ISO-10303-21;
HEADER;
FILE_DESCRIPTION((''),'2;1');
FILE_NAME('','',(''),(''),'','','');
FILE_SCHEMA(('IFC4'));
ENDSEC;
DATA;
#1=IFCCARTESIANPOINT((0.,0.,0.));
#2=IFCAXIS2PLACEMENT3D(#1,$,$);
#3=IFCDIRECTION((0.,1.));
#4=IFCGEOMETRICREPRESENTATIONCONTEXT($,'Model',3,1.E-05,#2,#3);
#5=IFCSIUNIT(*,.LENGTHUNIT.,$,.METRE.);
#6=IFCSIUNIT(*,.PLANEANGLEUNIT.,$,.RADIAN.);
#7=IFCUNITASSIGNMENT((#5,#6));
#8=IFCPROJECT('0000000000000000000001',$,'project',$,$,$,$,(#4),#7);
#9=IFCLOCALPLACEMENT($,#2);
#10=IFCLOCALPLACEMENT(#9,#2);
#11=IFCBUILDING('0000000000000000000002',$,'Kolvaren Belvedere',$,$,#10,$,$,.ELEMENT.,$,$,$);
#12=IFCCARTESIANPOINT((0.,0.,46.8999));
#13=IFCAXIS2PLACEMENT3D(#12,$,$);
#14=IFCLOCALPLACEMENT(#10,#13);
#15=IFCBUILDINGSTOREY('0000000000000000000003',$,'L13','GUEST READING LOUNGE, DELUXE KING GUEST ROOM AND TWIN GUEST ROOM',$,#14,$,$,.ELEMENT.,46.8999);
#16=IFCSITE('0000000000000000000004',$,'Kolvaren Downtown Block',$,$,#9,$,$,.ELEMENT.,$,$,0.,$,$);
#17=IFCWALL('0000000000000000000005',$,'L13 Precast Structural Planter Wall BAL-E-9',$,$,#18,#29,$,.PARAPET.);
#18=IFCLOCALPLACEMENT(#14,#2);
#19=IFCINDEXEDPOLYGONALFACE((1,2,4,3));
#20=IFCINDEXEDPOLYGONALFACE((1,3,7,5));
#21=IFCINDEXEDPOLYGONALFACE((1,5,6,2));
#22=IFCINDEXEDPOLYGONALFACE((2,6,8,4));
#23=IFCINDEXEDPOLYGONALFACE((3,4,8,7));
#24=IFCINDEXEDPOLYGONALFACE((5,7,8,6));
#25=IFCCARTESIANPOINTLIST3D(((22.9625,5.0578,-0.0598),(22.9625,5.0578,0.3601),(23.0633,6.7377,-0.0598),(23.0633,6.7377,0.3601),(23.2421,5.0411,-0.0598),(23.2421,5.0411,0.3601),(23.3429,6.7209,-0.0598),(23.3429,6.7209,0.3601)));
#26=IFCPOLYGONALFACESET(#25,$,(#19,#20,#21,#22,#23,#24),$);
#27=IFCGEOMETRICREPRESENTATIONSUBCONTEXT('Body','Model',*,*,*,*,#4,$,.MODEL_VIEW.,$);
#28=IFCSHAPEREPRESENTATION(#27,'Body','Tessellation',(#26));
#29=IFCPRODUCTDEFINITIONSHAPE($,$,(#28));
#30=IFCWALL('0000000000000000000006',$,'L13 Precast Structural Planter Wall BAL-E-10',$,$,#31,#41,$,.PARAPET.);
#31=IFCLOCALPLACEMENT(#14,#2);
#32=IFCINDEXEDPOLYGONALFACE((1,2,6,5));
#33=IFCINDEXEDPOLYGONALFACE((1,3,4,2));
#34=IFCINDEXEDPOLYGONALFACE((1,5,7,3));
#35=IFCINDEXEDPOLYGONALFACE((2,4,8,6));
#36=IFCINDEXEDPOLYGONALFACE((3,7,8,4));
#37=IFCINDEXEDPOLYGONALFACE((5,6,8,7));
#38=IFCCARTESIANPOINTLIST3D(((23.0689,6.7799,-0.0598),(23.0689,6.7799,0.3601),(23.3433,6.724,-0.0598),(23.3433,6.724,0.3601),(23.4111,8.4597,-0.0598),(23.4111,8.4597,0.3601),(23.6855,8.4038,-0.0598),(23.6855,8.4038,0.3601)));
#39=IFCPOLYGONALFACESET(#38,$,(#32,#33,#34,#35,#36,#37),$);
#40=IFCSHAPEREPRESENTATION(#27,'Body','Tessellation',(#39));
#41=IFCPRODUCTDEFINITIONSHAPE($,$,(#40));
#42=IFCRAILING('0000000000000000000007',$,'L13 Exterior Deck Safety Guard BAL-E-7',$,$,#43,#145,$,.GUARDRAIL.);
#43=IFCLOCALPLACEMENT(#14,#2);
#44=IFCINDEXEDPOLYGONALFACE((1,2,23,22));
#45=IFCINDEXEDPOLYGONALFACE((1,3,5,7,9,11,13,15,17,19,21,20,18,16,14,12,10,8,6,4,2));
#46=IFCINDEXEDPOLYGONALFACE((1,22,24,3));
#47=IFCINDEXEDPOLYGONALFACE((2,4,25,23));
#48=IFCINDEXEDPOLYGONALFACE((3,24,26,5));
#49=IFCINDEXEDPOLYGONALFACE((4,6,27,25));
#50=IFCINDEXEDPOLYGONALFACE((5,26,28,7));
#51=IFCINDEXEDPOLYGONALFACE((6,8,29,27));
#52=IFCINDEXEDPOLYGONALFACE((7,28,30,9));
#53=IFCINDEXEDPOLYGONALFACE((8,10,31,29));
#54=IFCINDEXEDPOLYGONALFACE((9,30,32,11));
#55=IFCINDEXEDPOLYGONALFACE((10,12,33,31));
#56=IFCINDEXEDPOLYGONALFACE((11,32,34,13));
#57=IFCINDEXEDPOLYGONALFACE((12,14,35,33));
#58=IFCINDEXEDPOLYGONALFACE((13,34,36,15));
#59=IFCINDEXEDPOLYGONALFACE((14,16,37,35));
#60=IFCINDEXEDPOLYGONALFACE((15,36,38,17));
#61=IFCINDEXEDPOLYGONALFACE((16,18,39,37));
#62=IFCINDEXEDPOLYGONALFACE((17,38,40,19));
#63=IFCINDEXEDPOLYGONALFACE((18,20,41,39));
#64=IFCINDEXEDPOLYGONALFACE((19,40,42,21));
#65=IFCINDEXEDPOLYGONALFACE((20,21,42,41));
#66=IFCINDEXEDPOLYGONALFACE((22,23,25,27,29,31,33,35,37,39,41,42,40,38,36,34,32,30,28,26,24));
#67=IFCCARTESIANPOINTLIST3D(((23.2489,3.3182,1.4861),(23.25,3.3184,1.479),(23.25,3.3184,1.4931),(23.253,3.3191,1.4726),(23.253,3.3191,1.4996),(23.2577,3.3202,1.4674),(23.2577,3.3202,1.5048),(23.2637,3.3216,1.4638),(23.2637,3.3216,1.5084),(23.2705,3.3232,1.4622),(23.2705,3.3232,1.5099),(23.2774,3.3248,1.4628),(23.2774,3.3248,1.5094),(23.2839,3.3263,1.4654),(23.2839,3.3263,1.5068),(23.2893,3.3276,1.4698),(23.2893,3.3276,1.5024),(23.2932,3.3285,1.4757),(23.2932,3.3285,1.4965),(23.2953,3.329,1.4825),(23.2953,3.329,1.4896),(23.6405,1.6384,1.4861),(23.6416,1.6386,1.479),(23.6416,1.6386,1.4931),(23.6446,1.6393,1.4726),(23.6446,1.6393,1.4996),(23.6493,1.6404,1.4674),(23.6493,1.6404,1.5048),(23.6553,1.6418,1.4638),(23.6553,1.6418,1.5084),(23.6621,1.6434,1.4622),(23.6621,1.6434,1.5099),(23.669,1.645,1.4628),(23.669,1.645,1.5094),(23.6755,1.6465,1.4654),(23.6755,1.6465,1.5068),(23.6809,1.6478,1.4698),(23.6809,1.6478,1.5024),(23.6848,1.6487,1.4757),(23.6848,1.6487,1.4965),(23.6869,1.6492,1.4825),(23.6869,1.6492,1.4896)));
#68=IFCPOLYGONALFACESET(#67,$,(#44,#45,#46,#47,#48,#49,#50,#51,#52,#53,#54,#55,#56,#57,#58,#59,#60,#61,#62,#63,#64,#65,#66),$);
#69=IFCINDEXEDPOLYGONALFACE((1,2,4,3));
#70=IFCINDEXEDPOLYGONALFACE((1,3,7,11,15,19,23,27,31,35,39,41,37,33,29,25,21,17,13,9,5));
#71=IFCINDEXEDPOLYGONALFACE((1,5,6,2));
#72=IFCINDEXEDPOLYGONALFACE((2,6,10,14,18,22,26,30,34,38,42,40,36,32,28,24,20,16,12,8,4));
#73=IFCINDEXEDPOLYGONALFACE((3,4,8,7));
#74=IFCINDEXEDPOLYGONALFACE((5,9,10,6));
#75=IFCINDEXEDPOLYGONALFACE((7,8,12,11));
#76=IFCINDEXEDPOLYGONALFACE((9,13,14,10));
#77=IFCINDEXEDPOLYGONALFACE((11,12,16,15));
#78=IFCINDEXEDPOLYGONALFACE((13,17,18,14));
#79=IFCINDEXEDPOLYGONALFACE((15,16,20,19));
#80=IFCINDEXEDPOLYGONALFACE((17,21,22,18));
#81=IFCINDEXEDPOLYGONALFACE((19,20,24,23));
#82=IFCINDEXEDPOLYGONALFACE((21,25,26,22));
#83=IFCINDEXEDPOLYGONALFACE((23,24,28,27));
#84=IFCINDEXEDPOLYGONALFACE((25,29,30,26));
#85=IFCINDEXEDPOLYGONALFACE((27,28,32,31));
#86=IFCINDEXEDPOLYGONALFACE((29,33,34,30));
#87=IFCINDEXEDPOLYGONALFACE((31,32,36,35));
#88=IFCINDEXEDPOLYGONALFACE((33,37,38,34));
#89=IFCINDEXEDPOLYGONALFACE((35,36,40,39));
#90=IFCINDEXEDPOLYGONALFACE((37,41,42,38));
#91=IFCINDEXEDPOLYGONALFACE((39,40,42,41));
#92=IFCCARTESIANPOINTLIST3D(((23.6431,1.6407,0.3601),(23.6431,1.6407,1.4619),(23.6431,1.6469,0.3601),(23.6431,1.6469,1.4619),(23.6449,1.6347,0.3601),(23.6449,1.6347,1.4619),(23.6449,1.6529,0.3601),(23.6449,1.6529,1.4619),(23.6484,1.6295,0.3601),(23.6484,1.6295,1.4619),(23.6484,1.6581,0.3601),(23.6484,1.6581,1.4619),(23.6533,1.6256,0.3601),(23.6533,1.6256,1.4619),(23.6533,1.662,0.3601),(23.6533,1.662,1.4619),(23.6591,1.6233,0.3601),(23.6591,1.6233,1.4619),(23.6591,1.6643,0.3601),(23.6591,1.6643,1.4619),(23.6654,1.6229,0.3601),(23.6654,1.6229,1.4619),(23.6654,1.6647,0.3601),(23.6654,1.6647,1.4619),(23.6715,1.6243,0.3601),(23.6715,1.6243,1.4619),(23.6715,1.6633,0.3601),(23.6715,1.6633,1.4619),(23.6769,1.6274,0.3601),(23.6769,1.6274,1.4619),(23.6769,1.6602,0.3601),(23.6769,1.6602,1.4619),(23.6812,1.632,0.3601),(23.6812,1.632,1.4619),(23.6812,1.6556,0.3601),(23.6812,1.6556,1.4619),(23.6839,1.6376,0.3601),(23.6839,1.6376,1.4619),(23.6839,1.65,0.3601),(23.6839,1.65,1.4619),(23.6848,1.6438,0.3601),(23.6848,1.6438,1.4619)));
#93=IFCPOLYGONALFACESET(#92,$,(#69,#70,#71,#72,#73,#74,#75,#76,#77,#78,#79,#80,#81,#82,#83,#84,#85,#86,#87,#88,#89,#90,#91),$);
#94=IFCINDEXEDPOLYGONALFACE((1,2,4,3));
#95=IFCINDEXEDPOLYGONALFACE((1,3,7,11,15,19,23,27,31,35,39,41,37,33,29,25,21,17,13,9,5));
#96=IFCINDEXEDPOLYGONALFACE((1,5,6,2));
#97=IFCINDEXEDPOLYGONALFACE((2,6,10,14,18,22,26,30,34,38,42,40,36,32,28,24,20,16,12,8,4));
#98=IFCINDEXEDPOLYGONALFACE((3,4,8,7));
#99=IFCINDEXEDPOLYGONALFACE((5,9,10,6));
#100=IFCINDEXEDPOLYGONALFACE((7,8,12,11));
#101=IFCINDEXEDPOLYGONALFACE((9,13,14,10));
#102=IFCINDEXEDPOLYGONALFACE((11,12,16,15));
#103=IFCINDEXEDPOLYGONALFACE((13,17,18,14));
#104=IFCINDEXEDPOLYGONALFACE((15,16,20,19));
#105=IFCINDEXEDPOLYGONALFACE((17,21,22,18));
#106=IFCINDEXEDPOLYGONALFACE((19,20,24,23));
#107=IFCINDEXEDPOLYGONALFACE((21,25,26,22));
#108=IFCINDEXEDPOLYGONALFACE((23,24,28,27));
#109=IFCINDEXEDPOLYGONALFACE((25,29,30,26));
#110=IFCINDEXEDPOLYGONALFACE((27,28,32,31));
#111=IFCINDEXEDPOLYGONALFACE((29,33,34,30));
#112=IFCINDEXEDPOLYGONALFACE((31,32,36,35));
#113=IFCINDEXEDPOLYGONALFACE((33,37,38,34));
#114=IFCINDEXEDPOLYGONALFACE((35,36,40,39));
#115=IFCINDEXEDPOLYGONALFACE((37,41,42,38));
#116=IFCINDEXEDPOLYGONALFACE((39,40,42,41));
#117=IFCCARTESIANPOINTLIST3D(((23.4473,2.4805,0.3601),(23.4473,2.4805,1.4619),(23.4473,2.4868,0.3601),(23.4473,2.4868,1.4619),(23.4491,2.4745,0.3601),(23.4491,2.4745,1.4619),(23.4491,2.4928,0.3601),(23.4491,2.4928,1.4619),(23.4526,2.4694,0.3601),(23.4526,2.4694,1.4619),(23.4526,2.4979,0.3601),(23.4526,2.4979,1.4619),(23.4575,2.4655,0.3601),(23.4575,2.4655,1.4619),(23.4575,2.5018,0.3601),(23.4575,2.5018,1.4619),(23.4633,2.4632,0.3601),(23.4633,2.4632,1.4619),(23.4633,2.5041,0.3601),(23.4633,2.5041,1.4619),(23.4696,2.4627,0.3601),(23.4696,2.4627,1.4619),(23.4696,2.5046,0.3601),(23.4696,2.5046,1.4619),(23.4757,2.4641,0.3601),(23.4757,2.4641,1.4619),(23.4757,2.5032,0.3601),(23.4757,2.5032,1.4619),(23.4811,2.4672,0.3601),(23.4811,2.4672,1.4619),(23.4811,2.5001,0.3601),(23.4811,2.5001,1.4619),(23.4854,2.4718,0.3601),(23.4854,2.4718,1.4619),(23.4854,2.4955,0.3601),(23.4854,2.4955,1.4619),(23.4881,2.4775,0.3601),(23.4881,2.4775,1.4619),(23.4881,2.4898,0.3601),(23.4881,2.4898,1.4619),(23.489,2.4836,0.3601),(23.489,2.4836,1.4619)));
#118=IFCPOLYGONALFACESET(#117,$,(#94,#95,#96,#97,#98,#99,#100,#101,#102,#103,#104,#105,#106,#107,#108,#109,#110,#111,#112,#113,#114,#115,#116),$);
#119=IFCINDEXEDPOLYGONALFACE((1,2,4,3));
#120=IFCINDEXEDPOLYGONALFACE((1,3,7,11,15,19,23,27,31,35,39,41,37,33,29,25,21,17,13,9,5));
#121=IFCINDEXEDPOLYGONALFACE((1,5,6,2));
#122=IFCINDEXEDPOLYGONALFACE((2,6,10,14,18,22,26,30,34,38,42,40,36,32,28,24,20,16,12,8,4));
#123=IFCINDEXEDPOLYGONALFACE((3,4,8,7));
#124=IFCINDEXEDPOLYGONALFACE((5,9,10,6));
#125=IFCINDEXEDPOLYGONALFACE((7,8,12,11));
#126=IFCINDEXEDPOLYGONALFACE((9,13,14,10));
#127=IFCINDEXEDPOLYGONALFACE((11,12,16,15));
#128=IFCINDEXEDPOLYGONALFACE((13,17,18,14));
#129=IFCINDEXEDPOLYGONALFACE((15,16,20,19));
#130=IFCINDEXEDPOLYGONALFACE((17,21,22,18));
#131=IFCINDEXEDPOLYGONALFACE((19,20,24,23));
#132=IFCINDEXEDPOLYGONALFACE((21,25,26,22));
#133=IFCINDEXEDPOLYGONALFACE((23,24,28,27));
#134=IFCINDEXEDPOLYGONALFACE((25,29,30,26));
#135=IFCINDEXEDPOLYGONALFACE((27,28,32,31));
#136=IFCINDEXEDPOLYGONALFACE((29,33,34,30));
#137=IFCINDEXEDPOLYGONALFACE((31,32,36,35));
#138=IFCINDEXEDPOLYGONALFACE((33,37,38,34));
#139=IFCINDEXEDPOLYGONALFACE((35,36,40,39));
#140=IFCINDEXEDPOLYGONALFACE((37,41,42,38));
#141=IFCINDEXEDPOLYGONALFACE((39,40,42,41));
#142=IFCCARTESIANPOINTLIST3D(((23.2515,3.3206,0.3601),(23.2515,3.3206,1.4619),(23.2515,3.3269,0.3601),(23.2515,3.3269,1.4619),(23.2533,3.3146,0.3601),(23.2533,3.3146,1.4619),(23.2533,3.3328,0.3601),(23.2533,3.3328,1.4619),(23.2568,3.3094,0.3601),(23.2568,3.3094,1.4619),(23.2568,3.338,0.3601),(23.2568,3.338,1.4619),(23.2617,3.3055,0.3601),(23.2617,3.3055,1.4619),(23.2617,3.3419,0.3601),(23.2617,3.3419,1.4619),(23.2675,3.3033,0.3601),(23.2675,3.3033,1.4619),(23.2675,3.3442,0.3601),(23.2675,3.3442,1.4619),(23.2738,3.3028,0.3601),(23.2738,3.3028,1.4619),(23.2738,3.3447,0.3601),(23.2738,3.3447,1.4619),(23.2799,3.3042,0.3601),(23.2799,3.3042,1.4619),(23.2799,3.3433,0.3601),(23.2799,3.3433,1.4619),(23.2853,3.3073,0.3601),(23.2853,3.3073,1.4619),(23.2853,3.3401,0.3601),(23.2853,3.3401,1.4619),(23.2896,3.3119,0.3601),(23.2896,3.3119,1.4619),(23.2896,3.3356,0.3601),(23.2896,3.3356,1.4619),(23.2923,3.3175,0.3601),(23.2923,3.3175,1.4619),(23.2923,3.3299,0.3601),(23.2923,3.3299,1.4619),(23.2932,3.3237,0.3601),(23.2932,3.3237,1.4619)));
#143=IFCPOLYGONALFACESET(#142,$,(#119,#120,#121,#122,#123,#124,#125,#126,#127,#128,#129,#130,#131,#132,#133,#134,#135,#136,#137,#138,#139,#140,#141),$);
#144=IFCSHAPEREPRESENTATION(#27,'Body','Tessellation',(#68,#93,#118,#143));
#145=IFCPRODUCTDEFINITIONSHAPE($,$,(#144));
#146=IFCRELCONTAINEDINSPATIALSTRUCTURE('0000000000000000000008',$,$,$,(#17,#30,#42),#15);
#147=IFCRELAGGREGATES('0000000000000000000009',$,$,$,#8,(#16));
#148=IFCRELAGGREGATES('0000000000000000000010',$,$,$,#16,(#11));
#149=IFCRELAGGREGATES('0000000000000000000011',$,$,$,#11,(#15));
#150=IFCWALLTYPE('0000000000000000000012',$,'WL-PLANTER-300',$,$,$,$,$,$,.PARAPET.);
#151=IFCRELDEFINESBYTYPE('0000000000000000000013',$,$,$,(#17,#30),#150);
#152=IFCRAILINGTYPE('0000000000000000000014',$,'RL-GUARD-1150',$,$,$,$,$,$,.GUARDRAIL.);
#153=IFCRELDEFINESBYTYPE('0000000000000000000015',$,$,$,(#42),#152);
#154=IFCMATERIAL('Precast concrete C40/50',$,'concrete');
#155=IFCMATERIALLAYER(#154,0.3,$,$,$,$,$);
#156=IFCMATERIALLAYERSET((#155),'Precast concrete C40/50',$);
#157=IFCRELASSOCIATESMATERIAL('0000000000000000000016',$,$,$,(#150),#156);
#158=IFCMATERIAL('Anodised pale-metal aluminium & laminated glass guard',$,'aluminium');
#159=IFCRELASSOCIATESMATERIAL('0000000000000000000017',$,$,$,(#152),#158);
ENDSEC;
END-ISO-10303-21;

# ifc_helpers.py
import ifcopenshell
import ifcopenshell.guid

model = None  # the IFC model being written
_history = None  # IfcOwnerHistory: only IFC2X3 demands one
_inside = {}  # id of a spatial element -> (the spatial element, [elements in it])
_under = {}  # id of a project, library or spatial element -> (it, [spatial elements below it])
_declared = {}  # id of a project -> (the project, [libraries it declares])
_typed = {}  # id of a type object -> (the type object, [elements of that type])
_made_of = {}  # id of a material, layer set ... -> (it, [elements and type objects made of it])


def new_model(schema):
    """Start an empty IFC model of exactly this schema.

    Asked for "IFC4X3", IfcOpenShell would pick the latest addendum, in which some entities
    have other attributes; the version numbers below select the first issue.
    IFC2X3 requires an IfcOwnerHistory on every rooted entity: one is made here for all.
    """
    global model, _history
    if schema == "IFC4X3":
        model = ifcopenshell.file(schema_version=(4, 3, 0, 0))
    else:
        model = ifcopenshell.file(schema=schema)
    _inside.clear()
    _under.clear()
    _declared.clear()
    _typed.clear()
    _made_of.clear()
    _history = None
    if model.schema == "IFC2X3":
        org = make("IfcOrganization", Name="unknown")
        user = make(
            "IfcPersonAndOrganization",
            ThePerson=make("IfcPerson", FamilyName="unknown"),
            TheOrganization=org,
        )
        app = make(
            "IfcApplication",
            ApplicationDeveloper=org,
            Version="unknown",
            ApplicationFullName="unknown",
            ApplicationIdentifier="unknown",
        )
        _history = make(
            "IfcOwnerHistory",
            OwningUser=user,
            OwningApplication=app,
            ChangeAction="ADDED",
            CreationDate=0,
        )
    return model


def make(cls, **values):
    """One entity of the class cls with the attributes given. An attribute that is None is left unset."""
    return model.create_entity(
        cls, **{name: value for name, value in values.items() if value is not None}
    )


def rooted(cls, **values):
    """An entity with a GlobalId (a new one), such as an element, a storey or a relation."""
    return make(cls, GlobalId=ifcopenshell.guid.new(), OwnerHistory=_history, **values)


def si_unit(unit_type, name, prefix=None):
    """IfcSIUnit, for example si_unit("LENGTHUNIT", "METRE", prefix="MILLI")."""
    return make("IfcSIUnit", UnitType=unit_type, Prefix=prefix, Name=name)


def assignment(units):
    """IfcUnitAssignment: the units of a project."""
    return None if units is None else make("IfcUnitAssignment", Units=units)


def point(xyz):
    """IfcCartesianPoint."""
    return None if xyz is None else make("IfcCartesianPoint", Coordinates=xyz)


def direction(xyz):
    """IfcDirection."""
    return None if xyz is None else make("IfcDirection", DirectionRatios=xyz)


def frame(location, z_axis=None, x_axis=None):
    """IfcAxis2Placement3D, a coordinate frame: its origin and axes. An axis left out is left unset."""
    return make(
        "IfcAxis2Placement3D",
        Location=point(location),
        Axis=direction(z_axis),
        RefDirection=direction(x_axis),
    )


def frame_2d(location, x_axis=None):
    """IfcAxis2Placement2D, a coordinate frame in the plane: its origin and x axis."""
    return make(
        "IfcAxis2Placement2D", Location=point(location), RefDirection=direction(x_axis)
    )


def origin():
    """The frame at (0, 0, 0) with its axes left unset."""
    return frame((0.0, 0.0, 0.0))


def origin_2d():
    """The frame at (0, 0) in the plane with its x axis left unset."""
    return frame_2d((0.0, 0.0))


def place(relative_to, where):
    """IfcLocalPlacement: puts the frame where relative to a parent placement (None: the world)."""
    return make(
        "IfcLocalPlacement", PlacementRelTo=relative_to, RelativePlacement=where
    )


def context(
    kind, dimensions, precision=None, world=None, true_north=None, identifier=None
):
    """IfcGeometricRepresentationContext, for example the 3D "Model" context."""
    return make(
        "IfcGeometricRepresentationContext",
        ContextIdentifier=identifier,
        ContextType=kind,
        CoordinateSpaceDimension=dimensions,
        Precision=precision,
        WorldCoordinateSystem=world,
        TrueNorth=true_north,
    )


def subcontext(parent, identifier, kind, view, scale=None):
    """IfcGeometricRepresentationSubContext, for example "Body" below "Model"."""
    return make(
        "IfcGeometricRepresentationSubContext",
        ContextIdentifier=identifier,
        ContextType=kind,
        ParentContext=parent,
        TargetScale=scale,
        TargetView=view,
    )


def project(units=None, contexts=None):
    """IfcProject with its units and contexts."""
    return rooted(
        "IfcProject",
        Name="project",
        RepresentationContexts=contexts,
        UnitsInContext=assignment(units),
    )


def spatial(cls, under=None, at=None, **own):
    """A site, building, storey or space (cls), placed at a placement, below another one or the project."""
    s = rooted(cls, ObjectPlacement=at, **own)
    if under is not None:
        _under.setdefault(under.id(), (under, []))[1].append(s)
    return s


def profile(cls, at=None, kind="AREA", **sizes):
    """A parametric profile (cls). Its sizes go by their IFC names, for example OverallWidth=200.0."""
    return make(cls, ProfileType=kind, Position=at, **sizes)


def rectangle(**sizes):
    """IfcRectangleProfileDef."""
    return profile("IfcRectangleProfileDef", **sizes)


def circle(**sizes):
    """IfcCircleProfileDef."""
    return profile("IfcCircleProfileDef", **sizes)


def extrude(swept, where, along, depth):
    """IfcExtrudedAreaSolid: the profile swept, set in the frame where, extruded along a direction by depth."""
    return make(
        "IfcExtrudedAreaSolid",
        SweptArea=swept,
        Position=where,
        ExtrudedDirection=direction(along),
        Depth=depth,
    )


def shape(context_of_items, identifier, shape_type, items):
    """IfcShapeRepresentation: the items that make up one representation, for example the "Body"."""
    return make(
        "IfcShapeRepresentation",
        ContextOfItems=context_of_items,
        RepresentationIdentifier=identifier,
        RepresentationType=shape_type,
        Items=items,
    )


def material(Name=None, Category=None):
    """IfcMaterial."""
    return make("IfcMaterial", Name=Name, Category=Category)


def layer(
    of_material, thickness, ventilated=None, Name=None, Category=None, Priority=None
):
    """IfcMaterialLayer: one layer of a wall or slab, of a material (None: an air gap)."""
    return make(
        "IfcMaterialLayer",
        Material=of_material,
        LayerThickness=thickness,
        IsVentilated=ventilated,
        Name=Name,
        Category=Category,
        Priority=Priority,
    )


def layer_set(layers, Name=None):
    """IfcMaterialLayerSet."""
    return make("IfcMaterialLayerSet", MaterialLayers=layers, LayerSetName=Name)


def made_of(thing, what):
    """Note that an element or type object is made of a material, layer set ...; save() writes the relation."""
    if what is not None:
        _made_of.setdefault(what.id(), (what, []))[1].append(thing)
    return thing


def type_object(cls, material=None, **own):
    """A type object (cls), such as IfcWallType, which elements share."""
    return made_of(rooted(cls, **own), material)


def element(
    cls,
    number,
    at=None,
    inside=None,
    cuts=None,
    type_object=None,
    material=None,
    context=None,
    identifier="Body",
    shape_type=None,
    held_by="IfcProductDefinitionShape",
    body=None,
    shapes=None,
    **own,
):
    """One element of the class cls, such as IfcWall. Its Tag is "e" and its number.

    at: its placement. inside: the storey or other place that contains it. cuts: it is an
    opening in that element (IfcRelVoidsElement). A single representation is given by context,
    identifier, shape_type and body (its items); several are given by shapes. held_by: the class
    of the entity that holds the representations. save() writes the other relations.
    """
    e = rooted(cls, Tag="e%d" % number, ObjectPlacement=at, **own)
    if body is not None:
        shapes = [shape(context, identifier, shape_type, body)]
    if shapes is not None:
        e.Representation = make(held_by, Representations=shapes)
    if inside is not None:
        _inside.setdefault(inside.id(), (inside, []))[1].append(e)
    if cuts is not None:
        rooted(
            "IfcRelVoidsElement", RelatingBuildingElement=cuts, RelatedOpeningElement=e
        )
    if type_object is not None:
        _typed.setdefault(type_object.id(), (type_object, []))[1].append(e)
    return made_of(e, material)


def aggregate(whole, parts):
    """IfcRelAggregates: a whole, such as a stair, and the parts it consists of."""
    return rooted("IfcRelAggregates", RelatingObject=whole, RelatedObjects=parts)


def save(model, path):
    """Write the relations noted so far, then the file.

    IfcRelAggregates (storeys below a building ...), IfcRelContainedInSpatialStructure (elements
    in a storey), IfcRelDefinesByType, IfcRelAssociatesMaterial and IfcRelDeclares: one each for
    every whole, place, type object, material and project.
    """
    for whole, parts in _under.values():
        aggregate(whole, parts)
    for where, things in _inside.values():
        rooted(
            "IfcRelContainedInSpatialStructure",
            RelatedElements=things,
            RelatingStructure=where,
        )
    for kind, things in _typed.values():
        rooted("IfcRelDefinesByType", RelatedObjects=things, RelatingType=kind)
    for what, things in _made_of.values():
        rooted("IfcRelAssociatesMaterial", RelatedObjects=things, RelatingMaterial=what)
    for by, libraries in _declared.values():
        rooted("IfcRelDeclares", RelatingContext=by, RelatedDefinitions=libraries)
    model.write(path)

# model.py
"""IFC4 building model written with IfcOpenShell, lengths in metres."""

from ifc_helpers import new_model, si_unit, direction, frame, frame_2d, origin, origin_2d, place, context, subcontext, project, spatial, rectangle, circle, extrude, material, layer, layer_set, type_object, element, save


model = new_model("IFC4")

# Units and contexts
model_context = context("Model", 3, precision=1e-05, world=origin(), true_north=direction((0.0, 1.0)))
body_context = subcontext(model_context, "Body", "Model", "MODEL_VIEW")
ifc_project = project(units=[si_unit("LENGTHUNIT", "METRE"), si_unit("PLANEANGLEUNIT", "RADIAN")], contexts=[model_context])

# Site, building, storey
site_placement = place(None, origin())
site = spatial("IfcSite", under=ifc_project, at=site_placement, Name="Kolvaren Downtown Block", CompositionType="ELEMENT", RefElevation=0.0)
building_placement = place(site_placement, origin())
building = spatial("IfcBuilding", under=site, at=building_placement, Name="Kolvaren Belvedere", CompositionType="ELEMENT")
storey_placement = place(building_placement, frame((0.0, 0.0, 46.8999)))
storey = spatial("IfcBuildingStorey", under=building, at=storey_placement, Name="L13", Description="GUEST READING LOUNGE, DELUXE KING GUEST ROOM AND TWIN GUEST ROOM", CompositionType="ELEMENT", Elevation=46.8999)

# Walls
ifc_material_1 = material(Name="Precast concrete C40/50", Category="concrete")
ifc_layer_1 = layer(ifc_material_1, 0.3)
ifc_layer_set_1 = layer_set([ifc_layer_1], Name="Precast concrete C40/50")
wall_type_1 = type_object("IfcWallType", Name="WL-PLANTER-300", PredefinedType="PARAPET", material=ifc_layer_set_1)
wall_1_placement = place(storey_placement, frame((23.1023, 5.0496, -0.0598), z_axis=(0.0, 0.0, 1.0), x_axis=(0.059913, 0.998204, 0.0)))
element("IfcWall", 1, at=wall_1_placement, inside=storey, type_object=wall_type_1, Name="L13 Precast Structural Planter Wall BAL-E-9", PredefinedType="PARAPET", context=body_context, shape_type="SweptSolid", body=[
    extrude(rectangle(XDim=1.6829, YDim=0.28, at=frame_2d((0.8413, 0.0))), origin(), (0.0, 0.0, 1.0), 0.4199),
])
wall_2_placement = place(storey_placement, frame((23.2061, 6.752, -0.0598), z_axis=(0.0, 0.0, 1.0), x_axis=(0.199648, 0.979868, 0.0)))
element("IfcWall", 2, at=wall_2_placement, inside=storey, type_object=wall_type_1, Name="L13 Precast Structural Planter Wall BAL-E-10", PredefinedType="PARAPET", context=body_context, shape_type="SweptSolid", body=[
    extrude(rectangle(XDim=1.7144, YDim=0.28, at=frame_2d((0.8572, 0.0))), origin(), (0.0, 0.0, 1.0), 0.4199),
])

# Railing
ifc_material_2 = material(Name="Anodised pale-metal aluminium & laminated glass guard", Category="aluminium")
railing_type = type_object("IfcRailingType", Name="RL-GUARD-1150", PredefinedType="GUARDRAIL", material=ifc_material_2)
railing_1_placement = place(storey_placement, frame((23.6638, 1.6438, 0.3601)))
element("IfcRailing", 3, at=railing_1_placement, inside=storey, type_object=railing_type, Name="L13 Exterior Deck Safety Guard BAL-E-7", PredefinedType="GUARDRAIL", context=body_context, shape_type="SweptSolid", body=[
    extrude(circle(Radius=0.0239, at=origin_2d()), frame((0.0, 0.0, 1.126), z_axis=(-0.227019, 0.97389, 0.0), x_axis=(-0.97389, -0.227019, 0.0)), (0.0, 0.0, 1.0), 1.7249),
    extrude(circle(Radius=0.021, at=origin_2d()), origin(), (0.0, 0.0, 1.0), 1.1018),
    extrude(circle(Radius=0.021, at=origin_2d()), frame((-0.1958, 0.8398, 0.0)), (0.0, 0.0, 1.0), 1.1018),
    extrude(circle(Radius=0.021, at=origin_2d()), frame((-0.3916, 1.6799, 0.0)), (0.0, 0.0, 1.0), 1.1018),
])

save(model, "model.ifc")
